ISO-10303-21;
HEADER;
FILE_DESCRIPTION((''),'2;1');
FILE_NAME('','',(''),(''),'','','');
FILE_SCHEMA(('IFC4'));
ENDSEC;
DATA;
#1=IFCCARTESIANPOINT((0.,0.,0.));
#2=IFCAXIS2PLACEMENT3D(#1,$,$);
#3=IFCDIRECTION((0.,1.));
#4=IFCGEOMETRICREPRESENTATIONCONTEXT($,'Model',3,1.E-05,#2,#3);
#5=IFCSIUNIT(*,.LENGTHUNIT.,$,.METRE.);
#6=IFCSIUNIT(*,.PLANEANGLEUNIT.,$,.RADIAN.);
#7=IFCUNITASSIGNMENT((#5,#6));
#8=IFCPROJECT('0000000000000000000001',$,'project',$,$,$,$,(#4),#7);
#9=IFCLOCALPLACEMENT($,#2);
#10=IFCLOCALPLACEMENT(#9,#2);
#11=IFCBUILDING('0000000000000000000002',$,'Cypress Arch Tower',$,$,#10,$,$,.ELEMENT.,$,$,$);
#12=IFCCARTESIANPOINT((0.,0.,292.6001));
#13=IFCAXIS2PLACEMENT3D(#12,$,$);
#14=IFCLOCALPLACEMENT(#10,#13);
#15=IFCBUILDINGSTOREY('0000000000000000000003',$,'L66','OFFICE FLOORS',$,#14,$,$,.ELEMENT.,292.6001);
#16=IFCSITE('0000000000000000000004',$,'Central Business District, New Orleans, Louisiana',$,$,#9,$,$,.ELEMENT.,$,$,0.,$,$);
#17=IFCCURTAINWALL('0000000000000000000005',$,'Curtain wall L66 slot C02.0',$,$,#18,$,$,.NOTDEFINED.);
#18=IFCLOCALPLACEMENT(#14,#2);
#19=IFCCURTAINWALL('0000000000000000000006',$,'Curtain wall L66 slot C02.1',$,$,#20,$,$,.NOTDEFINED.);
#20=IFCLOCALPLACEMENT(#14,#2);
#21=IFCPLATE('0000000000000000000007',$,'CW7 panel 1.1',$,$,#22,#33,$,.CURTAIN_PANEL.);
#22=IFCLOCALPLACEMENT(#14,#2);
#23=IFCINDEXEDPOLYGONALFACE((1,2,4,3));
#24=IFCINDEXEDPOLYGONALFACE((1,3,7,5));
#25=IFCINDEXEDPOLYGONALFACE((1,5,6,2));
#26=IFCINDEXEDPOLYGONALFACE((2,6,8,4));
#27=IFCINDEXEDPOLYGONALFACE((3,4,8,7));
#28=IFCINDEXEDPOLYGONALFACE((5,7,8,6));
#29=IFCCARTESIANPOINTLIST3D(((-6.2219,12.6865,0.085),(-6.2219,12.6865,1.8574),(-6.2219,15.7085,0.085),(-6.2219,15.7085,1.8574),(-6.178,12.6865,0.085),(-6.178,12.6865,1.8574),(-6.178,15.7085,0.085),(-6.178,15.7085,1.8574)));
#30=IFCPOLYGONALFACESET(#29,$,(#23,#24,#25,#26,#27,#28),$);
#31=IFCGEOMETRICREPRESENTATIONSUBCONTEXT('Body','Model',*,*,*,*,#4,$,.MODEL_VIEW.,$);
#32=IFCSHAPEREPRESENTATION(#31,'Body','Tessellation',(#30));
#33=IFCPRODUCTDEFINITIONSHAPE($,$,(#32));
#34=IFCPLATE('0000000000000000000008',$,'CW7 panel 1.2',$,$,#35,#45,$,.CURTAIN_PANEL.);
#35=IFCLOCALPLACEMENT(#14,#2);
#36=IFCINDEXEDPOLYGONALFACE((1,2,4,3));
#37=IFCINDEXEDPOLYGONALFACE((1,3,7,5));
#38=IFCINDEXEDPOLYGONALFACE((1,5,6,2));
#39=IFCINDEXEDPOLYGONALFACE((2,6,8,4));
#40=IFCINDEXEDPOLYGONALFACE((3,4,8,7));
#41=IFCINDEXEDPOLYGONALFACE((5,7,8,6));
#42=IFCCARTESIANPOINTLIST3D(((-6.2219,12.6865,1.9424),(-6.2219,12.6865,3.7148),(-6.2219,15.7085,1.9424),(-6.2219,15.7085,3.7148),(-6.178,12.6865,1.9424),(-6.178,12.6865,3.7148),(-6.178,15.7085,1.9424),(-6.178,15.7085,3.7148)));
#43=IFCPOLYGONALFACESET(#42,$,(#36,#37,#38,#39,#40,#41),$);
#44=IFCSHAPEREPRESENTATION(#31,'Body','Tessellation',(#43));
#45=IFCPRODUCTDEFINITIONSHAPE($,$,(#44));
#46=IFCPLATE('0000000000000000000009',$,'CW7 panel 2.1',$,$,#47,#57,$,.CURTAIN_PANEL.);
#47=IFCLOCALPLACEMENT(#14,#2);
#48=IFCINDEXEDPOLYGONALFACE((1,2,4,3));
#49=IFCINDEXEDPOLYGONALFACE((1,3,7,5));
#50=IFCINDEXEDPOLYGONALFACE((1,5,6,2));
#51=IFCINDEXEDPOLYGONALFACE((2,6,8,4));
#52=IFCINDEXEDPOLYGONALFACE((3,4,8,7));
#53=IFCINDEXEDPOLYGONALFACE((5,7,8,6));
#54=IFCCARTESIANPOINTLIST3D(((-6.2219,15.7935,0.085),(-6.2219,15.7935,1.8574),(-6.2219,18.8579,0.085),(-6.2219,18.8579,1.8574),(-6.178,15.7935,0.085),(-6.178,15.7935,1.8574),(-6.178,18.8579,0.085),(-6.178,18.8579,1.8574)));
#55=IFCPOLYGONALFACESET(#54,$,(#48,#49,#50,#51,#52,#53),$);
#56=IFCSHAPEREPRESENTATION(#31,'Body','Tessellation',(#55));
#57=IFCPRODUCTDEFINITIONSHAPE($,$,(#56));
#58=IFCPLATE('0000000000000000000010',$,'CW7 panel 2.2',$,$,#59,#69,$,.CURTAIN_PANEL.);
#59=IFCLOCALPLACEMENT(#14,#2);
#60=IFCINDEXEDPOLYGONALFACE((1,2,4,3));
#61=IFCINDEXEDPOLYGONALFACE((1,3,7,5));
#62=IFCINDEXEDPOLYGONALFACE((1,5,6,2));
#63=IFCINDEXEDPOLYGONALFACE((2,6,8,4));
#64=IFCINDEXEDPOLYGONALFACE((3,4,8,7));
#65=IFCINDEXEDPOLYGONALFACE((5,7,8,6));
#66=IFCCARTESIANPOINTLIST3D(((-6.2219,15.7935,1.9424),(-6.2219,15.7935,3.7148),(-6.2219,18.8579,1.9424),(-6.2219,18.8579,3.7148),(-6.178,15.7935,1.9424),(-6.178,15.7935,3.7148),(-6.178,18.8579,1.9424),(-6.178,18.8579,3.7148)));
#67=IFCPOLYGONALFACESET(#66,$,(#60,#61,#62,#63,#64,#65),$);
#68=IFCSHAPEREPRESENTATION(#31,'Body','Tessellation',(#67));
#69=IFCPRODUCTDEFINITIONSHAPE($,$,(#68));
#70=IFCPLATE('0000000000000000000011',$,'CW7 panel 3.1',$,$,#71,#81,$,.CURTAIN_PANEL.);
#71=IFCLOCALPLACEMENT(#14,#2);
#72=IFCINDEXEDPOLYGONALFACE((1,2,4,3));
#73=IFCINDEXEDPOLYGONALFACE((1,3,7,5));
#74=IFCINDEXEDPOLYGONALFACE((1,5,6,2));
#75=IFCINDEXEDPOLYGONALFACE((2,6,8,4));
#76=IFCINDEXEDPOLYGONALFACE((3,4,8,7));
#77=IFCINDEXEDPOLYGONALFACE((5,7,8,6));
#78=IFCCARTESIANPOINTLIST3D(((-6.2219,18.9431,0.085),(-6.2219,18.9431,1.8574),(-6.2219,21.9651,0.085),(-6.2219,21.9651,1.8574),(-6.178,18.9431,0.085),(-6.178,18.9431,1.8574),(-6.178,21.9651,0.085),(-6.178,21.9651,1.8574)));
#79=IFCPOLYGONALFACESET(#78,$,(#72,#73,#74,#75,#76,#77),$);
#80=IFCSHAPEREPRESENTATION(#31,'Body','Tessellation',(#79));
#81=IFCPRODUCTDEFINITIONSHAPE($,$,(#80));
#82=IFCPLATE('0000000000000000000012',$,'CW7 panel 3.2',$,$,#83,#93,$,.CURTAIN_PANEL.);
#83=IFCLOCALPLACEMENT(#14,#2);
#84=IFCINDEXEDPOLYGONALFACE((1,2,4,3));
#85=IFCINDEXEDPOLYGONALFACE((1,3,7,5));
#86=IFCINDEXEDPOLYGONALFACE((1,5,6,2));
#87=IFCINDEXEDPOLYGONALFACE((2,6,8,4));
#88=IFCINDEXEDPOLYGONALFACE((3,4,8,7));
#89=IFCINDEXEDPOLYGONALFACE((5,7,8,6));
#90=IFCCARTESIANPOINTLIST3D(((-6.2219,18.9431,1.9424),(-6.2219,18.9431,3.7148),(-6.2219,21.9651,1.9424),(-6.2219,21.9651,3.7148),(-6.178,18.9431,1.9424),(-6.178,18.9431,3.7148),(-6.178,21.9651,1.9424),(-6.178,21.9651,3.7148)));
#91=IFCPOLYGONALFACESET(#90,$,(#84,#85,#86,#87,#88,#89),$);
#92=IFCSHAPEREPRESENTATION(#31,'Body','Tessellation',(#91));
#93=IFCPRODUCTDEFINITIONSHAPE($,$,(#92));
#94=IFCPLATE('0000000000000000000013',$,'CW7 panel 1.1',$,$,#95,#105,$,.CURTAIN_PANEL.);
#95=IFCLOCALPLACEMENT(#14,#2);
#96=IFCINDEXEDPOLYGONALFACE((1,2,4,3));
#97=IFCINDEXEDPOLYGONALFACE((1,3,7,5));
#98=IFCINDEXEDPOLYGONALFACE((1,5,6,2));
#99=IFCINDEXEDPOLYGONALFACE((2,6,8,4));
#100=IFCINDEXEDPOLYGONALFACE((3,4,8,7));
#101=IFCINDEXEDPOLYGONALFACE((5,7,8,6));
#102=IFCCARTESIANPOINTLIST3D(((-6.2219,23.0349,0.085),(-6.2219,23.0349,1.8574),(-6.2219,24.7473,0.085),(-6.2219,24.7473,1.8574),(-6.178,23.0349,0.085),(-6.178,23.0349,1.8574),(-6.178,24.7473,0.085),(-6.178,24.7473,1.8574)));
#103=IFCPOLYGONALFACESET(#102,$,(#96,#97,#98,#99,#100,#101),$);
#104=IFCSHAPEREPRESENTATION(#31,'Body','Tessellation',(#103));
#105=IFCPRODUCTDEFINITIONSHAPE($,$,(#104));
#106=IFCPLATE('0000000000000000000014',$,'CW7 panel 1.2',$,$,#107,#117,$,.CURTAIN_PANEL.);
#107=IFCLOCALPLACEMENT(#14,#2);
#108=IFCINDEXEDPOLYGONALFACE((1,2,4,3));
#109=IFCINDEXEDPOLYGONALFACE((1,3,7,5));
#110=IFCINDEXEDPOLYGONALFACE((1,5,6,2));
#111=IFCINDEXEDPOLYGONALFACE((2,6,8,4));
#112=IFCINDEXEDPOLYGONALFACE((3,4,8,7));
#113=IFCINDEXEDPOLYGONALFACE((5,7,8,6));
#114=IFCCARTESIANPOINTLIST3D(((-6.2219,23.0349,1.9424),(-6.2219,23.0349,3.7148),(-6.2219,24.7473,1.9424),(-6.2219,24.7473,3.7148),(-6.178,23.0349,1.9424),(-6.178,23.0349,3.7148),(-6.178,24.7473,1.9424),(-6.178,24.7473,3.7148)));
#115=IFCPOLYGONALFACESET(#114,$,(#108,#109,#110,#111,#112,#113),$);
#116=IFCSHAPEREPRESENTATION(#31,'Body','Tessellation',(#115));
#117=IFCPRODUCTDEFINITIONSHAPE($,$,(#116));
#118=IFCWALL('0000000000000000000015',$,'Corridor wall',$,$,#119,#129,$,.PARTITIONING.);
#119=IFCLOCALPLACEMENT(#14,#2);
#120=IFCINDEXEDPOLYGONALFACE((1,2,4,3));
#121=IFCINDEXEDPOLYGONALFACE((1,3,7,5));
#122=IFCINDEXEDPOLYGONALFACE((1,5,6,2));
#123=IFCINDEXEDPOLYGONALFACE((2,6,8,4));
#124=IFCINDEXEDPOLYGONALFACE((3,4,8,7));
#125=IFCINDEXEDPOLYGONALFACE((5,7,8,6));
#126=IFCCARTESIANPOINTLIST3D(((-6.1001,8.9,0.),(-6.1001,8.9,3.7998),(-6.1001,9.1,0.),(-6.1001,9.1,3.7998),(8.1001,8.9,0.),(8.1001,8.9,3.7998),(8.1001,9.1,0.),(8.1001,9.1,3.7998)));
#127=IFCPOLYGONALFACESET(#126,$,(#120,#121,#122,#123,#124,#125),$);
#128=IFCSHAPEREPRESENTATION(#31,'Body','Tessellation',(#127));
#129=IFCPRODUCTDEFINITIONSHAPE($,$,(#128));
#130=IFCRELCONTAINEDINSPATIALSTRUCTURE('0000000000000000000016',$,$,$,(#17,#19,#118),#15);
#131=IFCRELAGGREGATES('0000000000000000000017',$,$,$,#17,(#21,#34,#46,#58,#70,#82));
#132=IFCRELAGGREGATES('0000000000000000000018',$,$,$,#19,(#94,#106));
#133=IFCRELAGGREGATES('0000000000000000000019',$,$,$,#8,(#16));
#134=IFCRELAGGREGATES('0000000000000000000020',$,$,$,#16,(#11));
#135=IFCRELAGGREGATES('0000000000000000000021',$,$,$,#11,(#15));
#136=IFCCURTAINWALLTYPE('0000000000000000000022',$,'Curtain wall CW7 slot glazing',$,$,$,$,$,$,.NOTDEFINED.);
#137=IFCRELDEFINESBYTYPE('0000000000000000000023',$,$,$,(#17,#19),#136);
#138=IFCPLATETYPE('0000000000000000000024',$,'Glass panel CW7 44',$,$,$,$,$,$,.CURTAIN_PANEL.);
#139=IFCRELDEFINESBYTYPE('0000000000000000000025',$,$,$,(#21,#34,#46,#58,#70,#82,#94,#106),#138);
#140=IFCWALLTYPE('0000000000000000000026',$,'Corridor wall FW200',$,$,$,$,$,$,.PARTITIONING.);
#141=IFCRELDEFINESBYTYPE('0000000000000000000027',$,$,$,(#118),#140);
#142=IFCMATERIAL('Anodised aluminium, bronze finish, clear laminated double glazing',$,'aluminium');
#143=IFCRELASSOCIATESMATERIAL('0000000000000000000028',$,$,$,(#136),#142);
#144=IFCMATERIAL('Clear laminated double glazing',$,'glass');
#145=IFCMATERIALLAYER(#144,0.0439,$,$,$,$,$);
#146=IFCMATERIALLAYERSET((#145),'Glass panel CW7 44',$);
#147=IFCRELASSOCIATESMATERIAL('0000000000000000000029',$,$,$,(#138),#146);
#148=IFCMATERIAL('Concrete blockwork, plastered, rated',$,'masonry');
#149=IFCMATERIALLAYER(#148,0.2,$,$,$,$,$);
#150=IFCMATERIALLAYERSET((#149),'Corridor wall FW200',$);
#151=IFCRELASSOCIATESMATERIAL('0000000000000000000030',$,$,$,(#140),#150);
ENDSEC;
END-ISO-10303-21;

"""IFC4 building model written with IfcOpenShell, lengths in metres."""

from ifc_helpers import new_model, si_unit, direction, frame, frame_2d, origin, origin_2d, place, context, subcontext, project, spatial, rectangle, extrude, material, layer, layer_set, type_object, element, aggregate, save


model = new_model("IFC4")

# Units and contexts
model_context = context("Model", 3, precision=1e-05, world=origin(), true_north=direction((0.0, 1.0)))
body_context = subcontext(model_context, "Body", "Model", "MODEL_VIEW")
ifc_project = project(units=[si_unit("LENGTHUNIT", "METRE"), si_unit("PLANEANGLEUNIT", "RADIAN")], contexts=[model_context])

# Site, building, storey
site_placement = place(None, origin())
site = spatial("IfcSite", under=ifc_project, at=site_placement, Name="Central Business District, New Orleans, Louisiana", CompositionType="ELEMENT", RefElevation=0.0)
building_placement = place(site_placement, origin())
building = spatial("IfcBuilding", under=site, at=building_placement, Name="Cypress Arch Tower", CompositionType="ELEMENT")
storey_placement = place(building_placement, frame((0.0, 0.0, 292.6001)))
storey = spatial("IfcBuildingStorey", under=building, at=storey_placement, Name="L66", Description="OFFICE FLOORS", CompositionType="ELEMENT", Elevation=292.6001)

# Shared definitions
ifc_material_1 = material(Name="Anodised aluminium, bronze finish, clear laminated double glazing", Category="aluminium")
curtain_wall_type = type_object("IfcCurtainWallType", Name="Curtain wall CW7 slot glazing", PredefinedType="NOTDEFINED", material=ifc_material_1)

# Curtain walls
curtain_wall_1_placement = place(storey_placement, origin())
curtain_wall_1 = element("IfcCurtainWall", 1, at=curtain_wall_1_placement, inside=storey, type_object=curtain_wall_type, Name="Curtain wall L66 slot C02.0", PredefinedType="NOTDEFINED")
curtain_wall_2_placement = place(storey_placement, origin())
curtain_wall_2 = element("IfcCurtainWall", 2, at=curtain_wall_2_placement, inside=storey, type_object=curtain_wall_type, Name="Curtain wall L66 slot C02.1", PredefinedType="NOTDEFINED")

# Plates
ifc_material_2 = material(Name="Clear laminated double glazing", Category="glass")
ifc_layer_1 = layer(ifc_material_2, 0.0439)
ifc_layer_set_1 = layer_set([ifc_layer_1], Name="Glass panel CW7 44")
plate_type = type_object("IfcPlateType", Name="Glass panel CW7 44", PredefinedType="CURTAIN_PANEL", material=ifc_layer_set_1)
plate_1_placement = place(storey_placement, frame((-6.2, 14.1975, 0.085), z_axis=(0.0, 0.0, 1.0), x_axis=(0.0, 1.0, 0.0)))
plate_1 = element("IfcPlate", 3, at=plate_1_placement, type_object=plate_type, Name="CW7 panel 1.1", PredefinedType="CURTAIN_PANEL", context=body_context, shape_type="SweptSolid", body=[
    extrude(rectangle(XDim=3.022, YDim=0.0439, at=origin_2d()), origin(), (0.0, 0.0, 1.0), 1.7725),
])
plate_2_placement = place(storey_placement, frame((-6.2, 14.1975, 1.9424), z_axis=(0.0, 0.0, 1.0), x_axis=(0.0, 1.0, 0.0)))
plate_2 = element("IfcPlate", 4, at=plate_2_placement, type_object=plate_type, Name="CW7 panel 1.2", PredefinedType="CURTAIN_PANEL", context=body_context, shape_type="SweptSolid", body=[
    extrude(rectangle(XDim=3.022, YDim=0.0439, at=origin_2d()), origin(), (0.0, 0.0, 1.0), 1.7725),
])
plate_3_placement = place(storey_placement, frame((-6.2, 17.3257, 0.085), z_axis=(0.0, 0.0, 1.0), x_axis=(0.0, 1.0, 0.0)))
plate_3 = element("IfcPlate", 5, at=plate_3_placement, type_object=plate_type, Name="CW7 panel 2.1", PredefinedType="CURTAIN_PANEL", context=body_context, shape_type="SweptSolid", body=[
    extrude(rectangle(XDim=3.0645, YDim=0.0439, at=origin_2d()), origin(), (0.0, 0.0, 1.0), 1.7725),
])
plate_4_placement = place(storey_placement, frame((-6.2, 17.3257, 1.9424), z_axis=(0.0, 0.0, 1.0), x_axis=(0.0, 1.0, 0.0)))
plate_4 = element("IfcPlate", 6, at=plate_4_placement, type_object=plate_type, Name="CW7 panel 2.2", PredefinedType="CURTAIN_PANEL", context=body_context, shape_type="SweptSolid", body=[
    extrude(rectangle(XDim=3.0645, YDim=0.0439, at=origin_2d()), origin(), (0.0, 0.0, 1.0), 1.7725),
])
plate_5_placement = place(storey_placement, frame((-6.2, 20.4541, 0.085), z_axis=(0.0, 0.0, 1.0), x_axis=(0.0, 1.0, 0.0)))
plate_5 = element("IfcPlate", 7, at=plate_5_placement, type_object=plate_type, Name="CW7 panel 3.1", PredefinedType="CURTAIN_PANEL", context=body_context, shape_type="SweptSolid", body=[
    extrude(rectangle(XDim=3.022, YDim=0.0439, at=origin_2d()), origin(), (0.0, 0.0, 1.0), 1.7725),
])
plate_6_placement = place(storey_placement, frame((-6.2, 20.4541, 1.9424), z_axis=(0.0, 0.0, 1.0), x_axis=(0.0, 1.0, 0.0)))
plate_6 = element("IfcPlate", 8, at=plate_6_placement, type_object=plate_type, Name="CW7 panel 3.2", PredefinedType="CURTAIN_PANEL", context=body_context, shape_type="SweptSolid", body=[
    extrude(rectangle(XDim=3.022, YDim=0.0439, at=origin_2d()), origin(), (0.0, 0.0, 1.0), 1.7725),
])
aggregate(curtain_wall_1, [plate_1, plate_2, plate_3, plate_4, plate_5, plate_6])
plate_7_placement = place(storey_placement, frame((-6.2, 23.8911, 0.085), z_axis=(0.0, 0.0, 1.0), x_axis=(0.0, 1.0, 0.0)))
plate_7 = element("IfcPlate", 9, at=plate_7_placement, type_object=plate_type, Name="CW7 panel 1.1", PredefinedType="CURTAIN_PANEL", context=body_context, shape_type="SweptSolid", body=[
    extrude(rectangle(XDim=1.7124, YDim=0.0439, at=origin_2d()), origin(), (0.0, 0.0, 1.0), 1.7725),
])
plate_8_placement = place(storey_placement, frame((-6.2, 23.8911, 1.9424), z_axis=(0.0, 0.0, 1.0), x_axis=(0.0, 1.0, 0.0)))
plate_8 = element("IfcPlate", 10, at=plate_8_placement, type_object=plate_type, Name="CW7 panel 1.2", PredefinedType="CURTAIN_PANEL", context=body_context, shape_type="SweptSolid", body=[
    extrude(rectangle(XDim=1.7124, YDim=0.0439, at=origin_2d()), origin(), (0.0, 0.0, 1.0), 1.7725),
])
aggregate(curtain_wall_2, [plate_7, plate_8])

# Wall
ifc_material_3 = material(Name="Concrete blockwork, plastered, rated", Category="masonry")
ifc_layer_2 = layer(ifc_material_3, 0.2)
ifc_layer_set_2 = layer_set([ifc_layer_2], Name="Corridor wall FW200")
wall_type = type_object("IfcWallType", Name="Corridor wall FW200", PredefinedType="PARTITIONING", material=ifc_layer_set_2)
wall_placement = place(storey_placement, frame((-6.1001, 9.0, 0.0), z_axis=(0.0, 0.0, 1.0), x_axis=(1.0, 0.0, 0.0)))
element("IfcWall", 11, at=wall_placement, inside=storey, type_object=wall_type, Name="Corridor wall", PredefinedType="PARTITIONING", context=body_context, shape_type="SweptSolid", body=[
    extrude(rectangle(XDim=14.2002, YDim=0.2, at=frame_2d((7.1001, 0.0))), origin(), (0.0, 0.0, 1.0), 3.7998),
])

save(model, "model.ifc")
